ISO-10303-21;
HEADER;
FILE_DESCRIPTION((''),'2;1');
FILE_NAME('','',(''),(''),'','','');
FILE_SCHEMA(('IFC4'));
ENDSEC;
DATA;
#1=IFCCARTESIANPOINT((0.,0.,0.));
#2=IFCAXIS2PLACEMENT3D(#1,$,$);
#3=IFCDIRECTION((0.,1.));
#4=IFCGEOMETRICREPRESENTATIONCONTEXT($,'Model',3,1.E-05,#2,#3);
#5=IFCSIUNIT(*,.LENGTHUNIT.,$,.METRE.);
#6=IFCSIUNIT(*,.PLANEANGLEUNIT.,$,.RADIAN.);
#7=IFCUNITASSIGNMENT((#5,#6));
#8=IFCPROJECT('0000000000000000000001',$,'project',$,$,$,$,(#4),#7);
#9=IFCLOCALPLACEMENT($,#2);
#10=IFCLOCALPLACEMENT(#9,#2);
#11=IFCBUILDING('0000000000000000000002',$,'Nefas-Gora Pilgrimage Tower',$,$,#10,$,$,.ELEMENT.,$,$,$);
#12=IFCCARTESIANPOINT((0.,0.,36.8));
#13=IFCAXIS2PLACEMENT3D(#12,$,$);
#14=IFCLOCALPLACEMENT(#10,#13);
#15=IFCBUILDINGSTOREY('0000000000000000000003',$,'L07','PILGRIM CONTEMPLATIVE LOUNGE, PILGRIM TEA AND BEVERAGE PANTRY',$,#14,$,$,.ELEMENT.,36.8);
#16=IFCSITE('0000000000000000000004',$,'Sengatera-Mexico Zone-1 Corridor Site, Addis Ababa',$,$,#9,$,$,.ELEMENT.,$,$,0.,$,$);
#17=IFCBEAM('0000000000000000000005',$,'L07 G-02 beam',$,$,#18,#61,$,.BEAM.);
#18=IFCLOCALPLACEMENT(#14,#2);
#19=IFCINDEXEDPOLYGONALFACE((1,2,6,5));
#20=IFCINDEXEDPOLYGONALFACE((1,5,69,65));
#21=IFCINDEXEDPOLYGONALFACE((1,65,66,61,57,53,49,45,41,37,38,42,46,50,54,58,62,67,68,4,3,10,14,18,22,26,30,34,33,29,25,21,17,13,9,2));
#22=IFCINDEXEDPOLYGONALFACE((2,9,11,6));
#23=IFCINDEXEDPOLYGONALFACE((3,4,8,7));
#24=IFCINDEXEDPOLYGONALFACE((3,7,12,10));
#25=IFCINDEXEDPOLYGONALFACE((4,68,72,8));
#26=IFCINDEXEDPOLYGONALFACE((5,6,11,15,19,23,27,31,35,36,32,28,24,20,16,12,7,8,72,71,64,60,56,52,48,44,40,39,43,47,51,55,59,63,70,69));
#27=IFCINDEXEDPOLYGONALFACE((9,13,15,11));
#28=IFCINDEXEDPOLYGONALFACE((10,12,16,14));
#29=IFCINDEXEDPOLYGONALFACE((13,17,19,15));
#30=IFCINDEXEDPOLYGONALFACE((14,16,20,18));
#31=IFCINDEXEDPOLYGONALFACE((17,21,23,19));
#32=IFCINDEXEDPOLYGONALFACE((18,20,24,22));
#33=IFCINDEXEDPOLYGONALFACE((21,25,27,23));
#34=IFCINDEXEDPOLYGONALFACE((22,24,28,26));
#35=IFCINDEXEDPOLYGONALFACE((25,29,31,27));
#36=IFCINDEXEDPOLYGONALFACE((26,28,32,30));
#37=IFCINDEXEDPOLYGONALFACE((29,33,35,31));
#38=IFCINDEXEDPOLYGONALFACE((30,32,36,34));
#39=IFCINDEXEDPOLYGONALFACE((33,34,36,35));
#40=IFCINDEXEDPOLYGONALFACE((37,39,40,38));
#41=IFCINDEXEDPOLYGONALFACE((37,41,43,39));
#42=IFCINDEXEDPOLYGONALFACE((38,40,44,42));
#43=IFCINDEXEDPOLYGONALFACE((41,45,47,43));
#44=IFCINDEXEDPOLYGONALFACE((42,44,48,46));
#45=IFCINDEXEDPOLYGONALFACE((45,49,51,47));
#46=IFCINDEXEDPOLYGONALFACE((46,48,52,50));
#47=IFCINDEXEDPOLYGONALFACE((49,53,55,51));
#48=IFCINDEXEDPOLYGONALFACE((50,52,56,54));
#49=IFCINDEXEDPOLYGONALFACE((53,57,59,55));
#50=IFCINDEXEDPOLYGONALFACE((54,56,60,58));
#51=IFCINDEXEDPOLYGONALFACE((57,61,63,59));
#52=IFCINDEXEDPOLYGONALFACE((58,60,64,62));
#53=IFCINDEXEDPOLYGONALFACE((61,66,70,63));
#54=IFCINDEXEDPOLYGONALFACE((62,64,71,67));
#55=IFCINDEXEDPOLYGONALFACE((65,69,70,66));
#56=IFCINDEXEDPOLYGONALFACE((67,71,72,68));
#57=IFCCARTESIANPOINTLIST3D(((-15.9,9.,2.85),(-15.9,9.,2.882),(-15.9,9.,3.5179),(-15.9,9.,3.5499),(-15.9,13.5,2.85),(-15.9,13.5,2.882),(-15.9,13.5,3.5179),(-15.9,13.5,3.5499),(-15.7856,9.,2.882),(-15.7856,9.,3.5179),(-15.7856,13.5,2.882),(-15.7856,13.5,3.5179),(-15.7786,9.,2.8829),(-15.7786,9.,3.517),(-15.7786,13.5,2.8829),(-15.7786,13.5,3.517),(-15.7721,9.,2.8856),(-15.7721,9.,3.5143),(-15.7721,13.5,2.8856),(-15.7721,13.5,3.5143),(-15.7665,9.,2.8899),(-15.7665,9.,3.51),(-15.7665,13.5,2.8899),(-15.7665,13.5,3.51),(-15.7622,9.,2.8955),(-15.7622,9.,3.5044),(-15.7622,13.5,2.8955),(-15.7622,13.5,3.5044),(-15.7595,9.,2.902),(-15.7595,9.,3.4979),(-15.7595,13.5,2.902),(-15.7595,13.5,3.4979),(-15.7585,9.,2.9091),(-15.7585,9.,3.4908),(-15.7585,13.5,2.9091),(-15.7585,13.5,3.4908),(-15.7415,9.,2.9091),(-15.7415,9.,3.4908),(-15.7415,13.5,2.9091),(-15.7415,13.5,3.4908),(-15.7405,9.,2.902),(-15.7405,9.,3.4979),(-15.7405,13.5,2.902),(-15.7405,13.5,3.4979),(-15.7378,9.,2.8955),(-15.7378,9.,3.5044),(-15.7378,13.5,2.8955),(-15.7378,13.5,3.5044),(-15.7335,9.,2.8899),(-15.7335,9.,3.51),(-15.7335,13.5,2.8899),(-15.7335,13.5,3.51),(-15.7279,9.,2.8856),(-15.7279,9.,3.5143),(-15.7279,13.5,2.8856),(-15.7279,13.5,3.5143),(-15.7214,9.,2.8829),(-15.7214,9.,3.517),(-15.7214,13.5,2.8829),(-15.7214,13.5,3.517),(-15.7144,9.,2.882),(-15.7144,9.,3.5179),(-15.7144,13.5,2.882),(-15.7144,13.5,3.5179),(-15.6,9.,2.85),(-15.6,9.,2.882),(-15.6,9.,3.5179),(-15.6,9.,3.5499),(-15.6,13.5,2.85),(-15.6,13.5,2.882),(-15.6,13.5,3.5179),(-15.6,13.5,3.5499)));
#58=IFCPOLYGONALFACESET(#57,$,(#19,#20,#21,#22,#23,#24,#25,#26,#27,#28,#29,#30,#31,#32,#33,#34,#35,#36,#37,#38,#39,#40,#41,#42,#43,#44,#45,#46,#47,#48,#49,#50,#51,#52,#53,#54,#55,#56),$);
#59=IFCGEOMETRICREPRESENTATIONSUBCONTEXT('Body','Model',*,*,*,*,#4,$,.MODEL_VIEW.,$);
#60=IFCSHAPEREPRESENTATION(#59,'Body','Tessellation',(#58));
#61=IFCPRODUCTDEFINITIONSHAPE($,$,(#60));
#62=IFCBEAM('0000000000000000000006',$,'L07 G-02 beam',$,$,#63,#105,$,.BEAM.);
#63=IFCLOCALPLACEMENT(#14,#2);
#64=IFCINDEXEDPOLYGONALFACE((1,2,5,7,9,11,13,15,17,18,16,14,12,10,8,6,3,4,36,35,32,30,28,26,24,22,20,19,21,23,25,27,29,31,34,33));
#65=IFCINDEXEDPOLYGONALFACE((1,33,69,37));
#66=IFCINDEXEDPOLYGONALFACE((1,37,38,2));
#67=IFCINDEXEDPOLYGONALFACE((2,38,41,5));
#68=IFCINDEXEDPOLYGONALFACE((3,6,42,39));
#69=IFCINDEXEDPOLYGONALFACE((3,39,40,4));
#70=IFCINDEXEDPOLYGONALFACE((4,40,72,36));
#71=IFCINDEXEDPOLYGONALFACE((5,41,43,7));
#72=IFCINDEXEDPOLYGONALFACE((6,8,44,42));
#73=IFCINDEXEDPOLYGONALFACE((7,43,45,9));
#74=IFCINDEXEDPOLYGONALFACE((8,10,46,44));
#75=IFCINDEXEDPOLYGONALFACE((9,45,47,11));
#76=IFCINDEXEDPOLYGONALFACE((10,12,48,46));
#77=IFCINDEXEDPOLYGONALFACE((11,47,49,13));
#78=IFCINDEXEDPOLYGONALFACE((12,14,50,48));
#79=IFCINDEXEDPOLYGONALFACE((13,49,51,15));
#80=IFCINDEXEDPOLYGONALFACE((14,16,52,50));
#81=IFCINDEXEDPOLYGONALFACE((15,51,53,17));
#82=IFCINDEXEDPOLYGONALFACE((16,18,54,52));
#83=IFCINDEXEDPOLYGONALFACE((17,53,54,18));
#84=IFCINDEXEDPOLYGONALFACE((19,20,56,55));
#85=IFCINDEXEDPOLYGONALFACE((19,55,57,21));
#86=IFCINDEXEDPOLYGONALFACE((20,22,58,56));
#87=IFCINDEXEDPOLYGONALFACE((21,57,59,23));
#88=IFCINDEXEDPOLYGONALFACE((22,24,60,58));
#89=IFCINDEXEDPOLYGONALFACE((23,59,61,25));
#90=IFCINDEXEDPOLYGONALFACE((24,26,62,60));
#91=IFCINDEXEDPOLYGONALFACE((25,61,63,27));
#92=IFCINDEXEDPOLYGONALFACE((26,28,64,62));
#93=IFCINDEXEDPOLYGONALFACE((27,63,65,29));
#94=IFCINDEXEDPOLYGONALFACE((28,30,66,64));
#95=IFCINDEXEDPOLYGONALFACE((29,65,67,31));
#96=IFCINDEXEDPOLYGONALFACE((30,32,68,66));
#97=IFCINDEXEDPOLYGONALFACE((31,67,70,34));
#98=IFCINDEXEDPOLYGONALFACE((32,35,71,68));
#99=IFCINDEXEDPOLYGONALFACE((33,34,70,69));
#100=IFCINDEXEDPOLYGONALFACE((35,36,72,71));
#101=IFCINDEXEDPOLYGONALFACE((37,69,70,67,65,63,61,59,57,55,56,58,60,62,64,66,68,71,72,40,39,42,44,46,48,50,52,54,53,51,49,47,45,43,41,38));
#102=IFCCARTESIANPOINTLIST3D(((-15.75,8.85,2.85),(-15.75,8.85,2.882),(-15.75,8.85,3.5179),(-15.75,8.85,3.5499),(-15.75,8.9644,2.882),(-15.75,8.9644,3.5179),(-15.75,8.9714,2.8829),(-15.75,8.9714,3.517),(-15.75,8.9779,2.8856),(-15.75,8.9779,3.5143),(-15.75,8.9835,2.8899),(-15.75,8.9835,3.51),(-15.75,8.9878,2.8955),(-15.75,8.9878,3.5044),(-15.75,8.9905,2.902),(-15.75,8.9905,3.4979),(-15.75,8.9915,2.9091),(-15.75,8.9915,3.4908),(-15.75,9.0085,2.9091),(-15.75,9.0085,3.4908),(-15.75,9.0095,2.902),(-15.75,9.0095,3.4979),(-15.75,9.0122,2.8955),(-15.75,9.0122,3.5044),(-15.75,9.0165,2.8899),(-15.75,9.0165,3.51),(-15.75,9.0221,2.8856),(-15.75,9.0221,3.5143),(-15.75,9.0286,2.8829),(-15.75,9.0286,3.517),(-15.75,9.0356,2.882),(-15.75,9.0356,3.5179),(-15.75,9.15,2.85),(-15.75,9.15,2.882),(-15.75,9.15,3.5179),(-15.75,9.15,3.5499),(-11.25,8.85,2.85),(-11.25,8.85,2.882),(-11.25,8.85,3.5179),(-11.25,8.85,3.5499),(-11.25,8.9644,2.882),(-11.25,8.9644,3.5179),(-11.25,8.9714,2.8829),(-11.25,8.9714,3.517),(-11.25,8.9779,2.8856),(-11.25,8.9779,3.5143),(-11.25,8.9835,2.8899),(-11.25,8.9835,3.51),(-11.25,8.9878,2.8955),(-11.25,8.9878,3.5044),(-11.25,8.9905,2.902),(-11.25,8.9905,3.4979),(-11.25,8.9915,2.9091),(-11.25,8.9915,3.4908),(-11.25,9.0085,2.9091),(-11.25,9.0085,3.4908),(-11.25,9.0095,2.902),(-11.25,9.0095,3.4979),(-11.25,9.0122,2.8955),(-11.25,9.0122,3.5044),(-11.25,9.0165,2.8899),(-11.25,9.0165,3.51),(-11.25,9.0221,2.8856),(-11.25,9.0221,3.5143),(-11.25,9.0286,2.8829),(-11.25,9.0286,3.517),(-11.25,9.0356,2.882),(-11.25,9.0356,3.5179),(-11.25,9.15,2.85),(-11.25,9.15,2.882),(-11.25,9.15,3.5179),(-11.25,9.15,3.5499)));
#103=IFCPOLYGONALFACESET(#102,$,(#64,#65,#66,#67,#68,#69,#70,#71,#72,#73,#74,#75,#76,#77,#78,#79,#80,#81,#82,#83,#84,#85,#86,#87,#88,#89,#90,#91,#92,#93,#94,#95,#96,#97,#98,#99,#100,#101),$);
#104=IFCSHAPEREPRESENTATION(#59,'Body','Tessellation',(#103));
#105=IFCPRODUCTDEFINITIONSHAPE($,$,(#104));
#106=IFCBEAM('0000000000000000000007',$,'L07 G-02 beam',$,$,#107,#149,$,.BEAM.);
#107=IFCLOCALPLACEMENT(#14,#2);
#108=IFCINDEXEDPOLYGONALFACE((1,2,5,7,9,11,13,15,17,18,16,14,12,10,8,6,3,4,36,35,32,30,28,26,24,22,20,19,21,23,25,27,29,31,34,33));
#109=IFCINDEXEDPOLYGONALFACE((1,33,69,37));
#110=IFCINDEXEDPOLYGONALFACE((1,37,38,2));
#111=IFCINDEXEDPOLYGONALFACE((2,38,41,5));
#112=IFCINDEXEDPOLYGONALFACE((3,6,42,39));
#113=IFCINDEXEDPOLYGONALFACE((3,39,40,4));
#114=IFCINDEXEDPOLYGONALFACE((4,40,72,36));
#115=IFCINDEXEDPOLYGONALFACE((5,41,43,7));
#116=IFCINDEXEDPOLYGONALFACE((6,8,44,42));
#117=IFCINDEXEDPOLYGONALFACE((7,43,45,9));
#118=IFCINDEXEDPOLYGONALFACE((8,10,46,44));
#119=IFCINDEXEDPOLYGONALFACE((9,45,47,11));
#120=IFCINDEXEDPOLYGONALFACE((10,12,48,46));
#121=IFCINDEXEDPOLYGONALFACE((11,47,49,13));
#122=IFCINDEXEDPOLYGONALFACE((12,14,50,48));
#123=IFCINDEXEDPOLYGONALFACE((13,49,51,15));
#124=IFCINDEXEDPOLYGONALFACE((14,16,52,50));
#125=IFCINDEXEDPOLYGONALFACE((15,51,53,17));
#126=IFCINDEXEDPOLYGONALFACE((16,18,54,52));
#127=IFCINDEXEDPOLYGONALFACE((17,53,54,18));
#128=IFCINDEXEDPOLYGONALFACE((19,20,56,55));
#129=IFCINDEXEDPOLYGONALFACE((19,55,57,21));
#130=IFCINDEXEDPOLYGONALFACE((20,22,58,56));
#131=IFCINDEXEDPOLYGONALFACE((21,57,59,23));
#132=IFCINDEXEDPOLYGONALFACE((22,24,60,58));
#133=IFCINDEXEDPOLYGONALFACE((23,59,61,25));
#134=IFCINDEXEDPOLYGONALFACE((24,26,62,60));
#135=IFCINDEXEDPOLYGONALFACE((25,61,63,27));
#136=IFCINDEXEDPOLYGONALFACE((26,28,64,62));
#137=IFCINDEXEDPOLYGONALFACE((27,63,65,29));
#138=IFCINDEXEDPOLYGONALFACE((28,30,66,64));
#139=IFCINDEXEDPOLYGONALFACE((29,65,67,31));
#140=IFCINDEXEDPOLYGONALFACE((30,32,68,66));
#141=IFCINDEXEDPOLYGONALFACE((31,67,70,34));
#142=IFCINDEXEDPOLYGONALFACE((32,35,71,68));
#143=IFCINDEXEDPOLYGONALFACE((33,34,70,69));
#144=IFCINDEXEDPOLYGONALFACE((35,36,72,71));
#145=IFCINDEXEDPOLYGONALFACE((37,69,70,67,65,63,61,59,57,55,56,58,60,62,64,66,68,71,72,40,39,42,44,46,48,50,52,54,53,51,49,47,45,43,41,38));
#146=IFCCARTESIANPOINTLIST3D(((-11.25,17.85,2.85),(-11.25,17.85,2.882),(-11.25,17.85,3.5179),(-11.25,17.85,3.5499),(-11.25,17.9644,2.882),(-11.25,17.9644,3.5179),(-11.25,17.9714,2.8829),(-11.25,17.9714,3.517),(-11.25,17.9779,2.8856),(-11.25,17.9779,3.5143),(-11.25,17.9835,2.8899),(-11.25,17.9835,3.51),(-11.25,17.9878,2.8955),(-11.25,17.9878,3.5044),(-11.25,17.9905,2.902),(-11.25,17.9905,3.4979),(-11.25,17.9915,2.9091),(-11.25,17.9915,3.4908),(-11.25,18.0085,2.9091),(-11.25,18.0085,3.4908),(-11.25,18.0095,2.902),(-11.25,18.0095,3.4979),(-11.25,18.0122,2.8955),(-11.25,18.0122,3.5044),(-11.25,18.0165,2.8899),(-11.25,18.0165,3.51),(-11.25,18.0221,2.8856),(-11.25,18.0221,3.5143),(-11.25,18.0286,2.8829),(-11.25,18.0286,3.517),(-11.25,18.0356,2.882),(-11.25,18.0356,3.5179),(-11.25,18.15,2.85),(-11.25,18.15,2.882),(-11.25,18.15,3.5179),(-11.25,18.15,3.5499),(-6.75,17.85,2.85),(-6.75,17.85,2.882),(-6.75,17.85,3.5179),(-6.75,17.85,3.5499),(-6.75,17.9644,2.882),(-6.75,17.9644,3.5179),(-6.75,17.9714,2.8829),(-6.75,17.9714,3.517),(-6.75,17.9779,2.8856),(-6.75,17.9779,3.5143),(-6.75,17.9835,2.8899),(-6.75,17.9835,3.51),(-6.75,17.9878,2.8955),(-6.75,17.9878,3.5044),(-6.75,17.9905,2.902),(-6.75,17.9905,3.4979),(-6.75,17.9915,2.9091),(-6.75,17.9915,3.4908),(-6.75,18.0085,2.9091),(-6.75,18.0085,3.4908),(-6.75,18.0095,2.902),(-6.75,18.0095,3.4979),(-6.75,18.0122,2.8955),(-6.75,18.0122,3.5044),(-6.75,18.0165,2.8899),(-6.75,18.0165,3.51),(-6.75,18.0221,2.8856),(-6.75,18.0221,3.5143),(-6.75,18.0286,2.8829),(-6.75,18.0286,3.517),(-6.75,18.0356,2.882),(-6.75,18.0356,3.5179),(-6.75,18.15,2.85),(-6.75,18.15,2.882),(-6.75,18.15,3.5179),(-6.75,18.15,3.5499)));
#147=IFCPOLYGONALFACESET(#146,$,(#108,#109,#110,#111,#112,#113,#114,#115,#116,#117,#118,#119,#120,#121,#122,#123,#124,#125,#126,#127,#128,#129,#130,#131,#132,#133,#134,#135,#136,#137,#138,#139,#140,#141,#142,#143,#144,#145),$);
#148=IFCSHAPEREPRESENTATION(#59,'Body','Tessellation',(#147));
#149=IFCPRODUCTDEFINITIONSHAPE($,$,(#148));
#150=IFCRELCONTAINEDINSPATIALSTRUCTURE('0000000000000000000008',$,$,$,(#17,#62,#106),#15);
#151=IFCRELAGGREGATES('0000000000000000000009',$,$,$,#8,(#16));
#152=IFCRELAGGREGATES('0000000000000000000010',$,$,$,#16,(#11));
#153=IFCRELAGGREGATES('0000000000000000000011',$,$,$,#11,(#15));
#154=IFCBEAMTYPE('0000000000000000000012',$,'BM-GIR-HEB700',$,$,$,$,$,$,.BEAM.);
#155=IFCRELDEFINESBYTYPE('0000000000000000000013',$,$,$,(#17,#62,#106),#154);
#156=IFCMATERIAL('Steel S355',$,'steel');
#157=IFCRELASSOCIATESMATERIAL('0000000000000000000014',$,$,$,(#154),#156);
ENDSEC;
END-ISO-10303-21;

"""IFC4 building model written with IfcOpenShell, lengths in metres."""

from ifc_helpers import new_model, si_unit, direction, frame, origin, origin_2d, place, context, subcontext, project, spatial, i_section, extrude, source, transform, mapped, material, material_profile, profile_set, type_object, element, save


model = new_model("IFC4")

# Units and contexts
model_context = context("Model", 3, precision=1e-05, world=origin(), true_north=direction((0.0, 1.0)))
body_context = subcontext(model_context, "Body", "Model", "MODEL_VIEW")
ifc_project = project(units=[si_unit("LENGTHUNIT", "METRE"), si_unit("PLANEANGLEUNIT", "RADIAN")], contexts=[model_context])

# Site, building, storey
site_placement = place(None, origin())
site = spatial("IfcSite", under=ifc_project, at=site_placement, Name="Sengatera-Mexico Zone-1 Corridor Site, Addis Ababa", CompositionType="ELEMENT", RefElevation=0.0)
building_placement = place(site_placement, origin())
building = spatial("IfcBuilding", under=site, at=building_placement, Name="Nefas-Gora Pilgrimage Tower", CompositionType="ELEMENT")
storey_placement = place(building_placement, frame((0.0, 0.0, 36.8)))
storey = spatial("IfcBuildingStorey", under=building, at=storey_placement, Name="L07", Description="PILGRIM CONTEMPLATIVE LOUNGE, PILGRIM TEA AND BEVERAGE PANTRY", CompositionType="ELEMENT", Elevation=36.8)

# Beams
ifc_material_1 = material(Name="Steel S355", Category="steel")
ifc_material_profile_1 = material_profile(ifc_material_1, i_section(OverallWidth=0.3, OverallDepth=0.7, WebThickness=0.0171, FlangeThickness=0.032, FilletRadius=0.0271, at=origin_2d()), Name="HEB 700")
ifc_profile_set_1 = profile_set([ifc_material_profile_1], Name="Steel S355")
beam_type_1 = type_object("IfcBeamType", Name="BM-GIR-HEB700", PredefinedType="BEAM", material=ifc_profile_set_1)
shared_shape_1 = source(origin(), body_context, "Body", "SweptSolid", [
    extrude(i_section(OverallWidth=0.3, OverallDepth=0.7, WebThickness=0.0171, FlangeThickness=0.032, FilletRadius=0.0271, at=origin_2d()), origin(), (0.0, 0.0, 1.0), 4.5),
])
for number, where, z_axis, x_axis, name in (
    (1, (-15.75, 9.0, 3.2), (0.0, 1.0, 0.0), (-1.0, 0.0, 0.0), "L07 G-02 beam"),
    (2, (-15.75, 9.0, 3.2), (1.0, 0.0, 0.0), (0.0, 1.0, 0.0), "L07 G-02 beam"),
    (3, (-11.25, 18.0, 3.2), (1.0, 0.0, 0.0), (0.0, 1.0, 0.0), "L07 G-02 beam"),
):
    element("IfcBeam", number, at=place(storey_placement, frame(where, z_axis=z_axis, x_axis=x_axis)), inside=storey, type_object=beam_type_1, Name=name, PredefinedType="BEAM", context=body_context, shape_type="MappedRepresentation", body=[
        mapped(shared_shape_1, transform((0.0, 0.0, 0.0), x_axis=(1.0, 0.0, 0.0), y_axis=(0.0, 1.0, 0.0), z_axis=(0.0, 0.0, 1.0), scale=1.0)),
    ])

save(model, "model.ifc")
